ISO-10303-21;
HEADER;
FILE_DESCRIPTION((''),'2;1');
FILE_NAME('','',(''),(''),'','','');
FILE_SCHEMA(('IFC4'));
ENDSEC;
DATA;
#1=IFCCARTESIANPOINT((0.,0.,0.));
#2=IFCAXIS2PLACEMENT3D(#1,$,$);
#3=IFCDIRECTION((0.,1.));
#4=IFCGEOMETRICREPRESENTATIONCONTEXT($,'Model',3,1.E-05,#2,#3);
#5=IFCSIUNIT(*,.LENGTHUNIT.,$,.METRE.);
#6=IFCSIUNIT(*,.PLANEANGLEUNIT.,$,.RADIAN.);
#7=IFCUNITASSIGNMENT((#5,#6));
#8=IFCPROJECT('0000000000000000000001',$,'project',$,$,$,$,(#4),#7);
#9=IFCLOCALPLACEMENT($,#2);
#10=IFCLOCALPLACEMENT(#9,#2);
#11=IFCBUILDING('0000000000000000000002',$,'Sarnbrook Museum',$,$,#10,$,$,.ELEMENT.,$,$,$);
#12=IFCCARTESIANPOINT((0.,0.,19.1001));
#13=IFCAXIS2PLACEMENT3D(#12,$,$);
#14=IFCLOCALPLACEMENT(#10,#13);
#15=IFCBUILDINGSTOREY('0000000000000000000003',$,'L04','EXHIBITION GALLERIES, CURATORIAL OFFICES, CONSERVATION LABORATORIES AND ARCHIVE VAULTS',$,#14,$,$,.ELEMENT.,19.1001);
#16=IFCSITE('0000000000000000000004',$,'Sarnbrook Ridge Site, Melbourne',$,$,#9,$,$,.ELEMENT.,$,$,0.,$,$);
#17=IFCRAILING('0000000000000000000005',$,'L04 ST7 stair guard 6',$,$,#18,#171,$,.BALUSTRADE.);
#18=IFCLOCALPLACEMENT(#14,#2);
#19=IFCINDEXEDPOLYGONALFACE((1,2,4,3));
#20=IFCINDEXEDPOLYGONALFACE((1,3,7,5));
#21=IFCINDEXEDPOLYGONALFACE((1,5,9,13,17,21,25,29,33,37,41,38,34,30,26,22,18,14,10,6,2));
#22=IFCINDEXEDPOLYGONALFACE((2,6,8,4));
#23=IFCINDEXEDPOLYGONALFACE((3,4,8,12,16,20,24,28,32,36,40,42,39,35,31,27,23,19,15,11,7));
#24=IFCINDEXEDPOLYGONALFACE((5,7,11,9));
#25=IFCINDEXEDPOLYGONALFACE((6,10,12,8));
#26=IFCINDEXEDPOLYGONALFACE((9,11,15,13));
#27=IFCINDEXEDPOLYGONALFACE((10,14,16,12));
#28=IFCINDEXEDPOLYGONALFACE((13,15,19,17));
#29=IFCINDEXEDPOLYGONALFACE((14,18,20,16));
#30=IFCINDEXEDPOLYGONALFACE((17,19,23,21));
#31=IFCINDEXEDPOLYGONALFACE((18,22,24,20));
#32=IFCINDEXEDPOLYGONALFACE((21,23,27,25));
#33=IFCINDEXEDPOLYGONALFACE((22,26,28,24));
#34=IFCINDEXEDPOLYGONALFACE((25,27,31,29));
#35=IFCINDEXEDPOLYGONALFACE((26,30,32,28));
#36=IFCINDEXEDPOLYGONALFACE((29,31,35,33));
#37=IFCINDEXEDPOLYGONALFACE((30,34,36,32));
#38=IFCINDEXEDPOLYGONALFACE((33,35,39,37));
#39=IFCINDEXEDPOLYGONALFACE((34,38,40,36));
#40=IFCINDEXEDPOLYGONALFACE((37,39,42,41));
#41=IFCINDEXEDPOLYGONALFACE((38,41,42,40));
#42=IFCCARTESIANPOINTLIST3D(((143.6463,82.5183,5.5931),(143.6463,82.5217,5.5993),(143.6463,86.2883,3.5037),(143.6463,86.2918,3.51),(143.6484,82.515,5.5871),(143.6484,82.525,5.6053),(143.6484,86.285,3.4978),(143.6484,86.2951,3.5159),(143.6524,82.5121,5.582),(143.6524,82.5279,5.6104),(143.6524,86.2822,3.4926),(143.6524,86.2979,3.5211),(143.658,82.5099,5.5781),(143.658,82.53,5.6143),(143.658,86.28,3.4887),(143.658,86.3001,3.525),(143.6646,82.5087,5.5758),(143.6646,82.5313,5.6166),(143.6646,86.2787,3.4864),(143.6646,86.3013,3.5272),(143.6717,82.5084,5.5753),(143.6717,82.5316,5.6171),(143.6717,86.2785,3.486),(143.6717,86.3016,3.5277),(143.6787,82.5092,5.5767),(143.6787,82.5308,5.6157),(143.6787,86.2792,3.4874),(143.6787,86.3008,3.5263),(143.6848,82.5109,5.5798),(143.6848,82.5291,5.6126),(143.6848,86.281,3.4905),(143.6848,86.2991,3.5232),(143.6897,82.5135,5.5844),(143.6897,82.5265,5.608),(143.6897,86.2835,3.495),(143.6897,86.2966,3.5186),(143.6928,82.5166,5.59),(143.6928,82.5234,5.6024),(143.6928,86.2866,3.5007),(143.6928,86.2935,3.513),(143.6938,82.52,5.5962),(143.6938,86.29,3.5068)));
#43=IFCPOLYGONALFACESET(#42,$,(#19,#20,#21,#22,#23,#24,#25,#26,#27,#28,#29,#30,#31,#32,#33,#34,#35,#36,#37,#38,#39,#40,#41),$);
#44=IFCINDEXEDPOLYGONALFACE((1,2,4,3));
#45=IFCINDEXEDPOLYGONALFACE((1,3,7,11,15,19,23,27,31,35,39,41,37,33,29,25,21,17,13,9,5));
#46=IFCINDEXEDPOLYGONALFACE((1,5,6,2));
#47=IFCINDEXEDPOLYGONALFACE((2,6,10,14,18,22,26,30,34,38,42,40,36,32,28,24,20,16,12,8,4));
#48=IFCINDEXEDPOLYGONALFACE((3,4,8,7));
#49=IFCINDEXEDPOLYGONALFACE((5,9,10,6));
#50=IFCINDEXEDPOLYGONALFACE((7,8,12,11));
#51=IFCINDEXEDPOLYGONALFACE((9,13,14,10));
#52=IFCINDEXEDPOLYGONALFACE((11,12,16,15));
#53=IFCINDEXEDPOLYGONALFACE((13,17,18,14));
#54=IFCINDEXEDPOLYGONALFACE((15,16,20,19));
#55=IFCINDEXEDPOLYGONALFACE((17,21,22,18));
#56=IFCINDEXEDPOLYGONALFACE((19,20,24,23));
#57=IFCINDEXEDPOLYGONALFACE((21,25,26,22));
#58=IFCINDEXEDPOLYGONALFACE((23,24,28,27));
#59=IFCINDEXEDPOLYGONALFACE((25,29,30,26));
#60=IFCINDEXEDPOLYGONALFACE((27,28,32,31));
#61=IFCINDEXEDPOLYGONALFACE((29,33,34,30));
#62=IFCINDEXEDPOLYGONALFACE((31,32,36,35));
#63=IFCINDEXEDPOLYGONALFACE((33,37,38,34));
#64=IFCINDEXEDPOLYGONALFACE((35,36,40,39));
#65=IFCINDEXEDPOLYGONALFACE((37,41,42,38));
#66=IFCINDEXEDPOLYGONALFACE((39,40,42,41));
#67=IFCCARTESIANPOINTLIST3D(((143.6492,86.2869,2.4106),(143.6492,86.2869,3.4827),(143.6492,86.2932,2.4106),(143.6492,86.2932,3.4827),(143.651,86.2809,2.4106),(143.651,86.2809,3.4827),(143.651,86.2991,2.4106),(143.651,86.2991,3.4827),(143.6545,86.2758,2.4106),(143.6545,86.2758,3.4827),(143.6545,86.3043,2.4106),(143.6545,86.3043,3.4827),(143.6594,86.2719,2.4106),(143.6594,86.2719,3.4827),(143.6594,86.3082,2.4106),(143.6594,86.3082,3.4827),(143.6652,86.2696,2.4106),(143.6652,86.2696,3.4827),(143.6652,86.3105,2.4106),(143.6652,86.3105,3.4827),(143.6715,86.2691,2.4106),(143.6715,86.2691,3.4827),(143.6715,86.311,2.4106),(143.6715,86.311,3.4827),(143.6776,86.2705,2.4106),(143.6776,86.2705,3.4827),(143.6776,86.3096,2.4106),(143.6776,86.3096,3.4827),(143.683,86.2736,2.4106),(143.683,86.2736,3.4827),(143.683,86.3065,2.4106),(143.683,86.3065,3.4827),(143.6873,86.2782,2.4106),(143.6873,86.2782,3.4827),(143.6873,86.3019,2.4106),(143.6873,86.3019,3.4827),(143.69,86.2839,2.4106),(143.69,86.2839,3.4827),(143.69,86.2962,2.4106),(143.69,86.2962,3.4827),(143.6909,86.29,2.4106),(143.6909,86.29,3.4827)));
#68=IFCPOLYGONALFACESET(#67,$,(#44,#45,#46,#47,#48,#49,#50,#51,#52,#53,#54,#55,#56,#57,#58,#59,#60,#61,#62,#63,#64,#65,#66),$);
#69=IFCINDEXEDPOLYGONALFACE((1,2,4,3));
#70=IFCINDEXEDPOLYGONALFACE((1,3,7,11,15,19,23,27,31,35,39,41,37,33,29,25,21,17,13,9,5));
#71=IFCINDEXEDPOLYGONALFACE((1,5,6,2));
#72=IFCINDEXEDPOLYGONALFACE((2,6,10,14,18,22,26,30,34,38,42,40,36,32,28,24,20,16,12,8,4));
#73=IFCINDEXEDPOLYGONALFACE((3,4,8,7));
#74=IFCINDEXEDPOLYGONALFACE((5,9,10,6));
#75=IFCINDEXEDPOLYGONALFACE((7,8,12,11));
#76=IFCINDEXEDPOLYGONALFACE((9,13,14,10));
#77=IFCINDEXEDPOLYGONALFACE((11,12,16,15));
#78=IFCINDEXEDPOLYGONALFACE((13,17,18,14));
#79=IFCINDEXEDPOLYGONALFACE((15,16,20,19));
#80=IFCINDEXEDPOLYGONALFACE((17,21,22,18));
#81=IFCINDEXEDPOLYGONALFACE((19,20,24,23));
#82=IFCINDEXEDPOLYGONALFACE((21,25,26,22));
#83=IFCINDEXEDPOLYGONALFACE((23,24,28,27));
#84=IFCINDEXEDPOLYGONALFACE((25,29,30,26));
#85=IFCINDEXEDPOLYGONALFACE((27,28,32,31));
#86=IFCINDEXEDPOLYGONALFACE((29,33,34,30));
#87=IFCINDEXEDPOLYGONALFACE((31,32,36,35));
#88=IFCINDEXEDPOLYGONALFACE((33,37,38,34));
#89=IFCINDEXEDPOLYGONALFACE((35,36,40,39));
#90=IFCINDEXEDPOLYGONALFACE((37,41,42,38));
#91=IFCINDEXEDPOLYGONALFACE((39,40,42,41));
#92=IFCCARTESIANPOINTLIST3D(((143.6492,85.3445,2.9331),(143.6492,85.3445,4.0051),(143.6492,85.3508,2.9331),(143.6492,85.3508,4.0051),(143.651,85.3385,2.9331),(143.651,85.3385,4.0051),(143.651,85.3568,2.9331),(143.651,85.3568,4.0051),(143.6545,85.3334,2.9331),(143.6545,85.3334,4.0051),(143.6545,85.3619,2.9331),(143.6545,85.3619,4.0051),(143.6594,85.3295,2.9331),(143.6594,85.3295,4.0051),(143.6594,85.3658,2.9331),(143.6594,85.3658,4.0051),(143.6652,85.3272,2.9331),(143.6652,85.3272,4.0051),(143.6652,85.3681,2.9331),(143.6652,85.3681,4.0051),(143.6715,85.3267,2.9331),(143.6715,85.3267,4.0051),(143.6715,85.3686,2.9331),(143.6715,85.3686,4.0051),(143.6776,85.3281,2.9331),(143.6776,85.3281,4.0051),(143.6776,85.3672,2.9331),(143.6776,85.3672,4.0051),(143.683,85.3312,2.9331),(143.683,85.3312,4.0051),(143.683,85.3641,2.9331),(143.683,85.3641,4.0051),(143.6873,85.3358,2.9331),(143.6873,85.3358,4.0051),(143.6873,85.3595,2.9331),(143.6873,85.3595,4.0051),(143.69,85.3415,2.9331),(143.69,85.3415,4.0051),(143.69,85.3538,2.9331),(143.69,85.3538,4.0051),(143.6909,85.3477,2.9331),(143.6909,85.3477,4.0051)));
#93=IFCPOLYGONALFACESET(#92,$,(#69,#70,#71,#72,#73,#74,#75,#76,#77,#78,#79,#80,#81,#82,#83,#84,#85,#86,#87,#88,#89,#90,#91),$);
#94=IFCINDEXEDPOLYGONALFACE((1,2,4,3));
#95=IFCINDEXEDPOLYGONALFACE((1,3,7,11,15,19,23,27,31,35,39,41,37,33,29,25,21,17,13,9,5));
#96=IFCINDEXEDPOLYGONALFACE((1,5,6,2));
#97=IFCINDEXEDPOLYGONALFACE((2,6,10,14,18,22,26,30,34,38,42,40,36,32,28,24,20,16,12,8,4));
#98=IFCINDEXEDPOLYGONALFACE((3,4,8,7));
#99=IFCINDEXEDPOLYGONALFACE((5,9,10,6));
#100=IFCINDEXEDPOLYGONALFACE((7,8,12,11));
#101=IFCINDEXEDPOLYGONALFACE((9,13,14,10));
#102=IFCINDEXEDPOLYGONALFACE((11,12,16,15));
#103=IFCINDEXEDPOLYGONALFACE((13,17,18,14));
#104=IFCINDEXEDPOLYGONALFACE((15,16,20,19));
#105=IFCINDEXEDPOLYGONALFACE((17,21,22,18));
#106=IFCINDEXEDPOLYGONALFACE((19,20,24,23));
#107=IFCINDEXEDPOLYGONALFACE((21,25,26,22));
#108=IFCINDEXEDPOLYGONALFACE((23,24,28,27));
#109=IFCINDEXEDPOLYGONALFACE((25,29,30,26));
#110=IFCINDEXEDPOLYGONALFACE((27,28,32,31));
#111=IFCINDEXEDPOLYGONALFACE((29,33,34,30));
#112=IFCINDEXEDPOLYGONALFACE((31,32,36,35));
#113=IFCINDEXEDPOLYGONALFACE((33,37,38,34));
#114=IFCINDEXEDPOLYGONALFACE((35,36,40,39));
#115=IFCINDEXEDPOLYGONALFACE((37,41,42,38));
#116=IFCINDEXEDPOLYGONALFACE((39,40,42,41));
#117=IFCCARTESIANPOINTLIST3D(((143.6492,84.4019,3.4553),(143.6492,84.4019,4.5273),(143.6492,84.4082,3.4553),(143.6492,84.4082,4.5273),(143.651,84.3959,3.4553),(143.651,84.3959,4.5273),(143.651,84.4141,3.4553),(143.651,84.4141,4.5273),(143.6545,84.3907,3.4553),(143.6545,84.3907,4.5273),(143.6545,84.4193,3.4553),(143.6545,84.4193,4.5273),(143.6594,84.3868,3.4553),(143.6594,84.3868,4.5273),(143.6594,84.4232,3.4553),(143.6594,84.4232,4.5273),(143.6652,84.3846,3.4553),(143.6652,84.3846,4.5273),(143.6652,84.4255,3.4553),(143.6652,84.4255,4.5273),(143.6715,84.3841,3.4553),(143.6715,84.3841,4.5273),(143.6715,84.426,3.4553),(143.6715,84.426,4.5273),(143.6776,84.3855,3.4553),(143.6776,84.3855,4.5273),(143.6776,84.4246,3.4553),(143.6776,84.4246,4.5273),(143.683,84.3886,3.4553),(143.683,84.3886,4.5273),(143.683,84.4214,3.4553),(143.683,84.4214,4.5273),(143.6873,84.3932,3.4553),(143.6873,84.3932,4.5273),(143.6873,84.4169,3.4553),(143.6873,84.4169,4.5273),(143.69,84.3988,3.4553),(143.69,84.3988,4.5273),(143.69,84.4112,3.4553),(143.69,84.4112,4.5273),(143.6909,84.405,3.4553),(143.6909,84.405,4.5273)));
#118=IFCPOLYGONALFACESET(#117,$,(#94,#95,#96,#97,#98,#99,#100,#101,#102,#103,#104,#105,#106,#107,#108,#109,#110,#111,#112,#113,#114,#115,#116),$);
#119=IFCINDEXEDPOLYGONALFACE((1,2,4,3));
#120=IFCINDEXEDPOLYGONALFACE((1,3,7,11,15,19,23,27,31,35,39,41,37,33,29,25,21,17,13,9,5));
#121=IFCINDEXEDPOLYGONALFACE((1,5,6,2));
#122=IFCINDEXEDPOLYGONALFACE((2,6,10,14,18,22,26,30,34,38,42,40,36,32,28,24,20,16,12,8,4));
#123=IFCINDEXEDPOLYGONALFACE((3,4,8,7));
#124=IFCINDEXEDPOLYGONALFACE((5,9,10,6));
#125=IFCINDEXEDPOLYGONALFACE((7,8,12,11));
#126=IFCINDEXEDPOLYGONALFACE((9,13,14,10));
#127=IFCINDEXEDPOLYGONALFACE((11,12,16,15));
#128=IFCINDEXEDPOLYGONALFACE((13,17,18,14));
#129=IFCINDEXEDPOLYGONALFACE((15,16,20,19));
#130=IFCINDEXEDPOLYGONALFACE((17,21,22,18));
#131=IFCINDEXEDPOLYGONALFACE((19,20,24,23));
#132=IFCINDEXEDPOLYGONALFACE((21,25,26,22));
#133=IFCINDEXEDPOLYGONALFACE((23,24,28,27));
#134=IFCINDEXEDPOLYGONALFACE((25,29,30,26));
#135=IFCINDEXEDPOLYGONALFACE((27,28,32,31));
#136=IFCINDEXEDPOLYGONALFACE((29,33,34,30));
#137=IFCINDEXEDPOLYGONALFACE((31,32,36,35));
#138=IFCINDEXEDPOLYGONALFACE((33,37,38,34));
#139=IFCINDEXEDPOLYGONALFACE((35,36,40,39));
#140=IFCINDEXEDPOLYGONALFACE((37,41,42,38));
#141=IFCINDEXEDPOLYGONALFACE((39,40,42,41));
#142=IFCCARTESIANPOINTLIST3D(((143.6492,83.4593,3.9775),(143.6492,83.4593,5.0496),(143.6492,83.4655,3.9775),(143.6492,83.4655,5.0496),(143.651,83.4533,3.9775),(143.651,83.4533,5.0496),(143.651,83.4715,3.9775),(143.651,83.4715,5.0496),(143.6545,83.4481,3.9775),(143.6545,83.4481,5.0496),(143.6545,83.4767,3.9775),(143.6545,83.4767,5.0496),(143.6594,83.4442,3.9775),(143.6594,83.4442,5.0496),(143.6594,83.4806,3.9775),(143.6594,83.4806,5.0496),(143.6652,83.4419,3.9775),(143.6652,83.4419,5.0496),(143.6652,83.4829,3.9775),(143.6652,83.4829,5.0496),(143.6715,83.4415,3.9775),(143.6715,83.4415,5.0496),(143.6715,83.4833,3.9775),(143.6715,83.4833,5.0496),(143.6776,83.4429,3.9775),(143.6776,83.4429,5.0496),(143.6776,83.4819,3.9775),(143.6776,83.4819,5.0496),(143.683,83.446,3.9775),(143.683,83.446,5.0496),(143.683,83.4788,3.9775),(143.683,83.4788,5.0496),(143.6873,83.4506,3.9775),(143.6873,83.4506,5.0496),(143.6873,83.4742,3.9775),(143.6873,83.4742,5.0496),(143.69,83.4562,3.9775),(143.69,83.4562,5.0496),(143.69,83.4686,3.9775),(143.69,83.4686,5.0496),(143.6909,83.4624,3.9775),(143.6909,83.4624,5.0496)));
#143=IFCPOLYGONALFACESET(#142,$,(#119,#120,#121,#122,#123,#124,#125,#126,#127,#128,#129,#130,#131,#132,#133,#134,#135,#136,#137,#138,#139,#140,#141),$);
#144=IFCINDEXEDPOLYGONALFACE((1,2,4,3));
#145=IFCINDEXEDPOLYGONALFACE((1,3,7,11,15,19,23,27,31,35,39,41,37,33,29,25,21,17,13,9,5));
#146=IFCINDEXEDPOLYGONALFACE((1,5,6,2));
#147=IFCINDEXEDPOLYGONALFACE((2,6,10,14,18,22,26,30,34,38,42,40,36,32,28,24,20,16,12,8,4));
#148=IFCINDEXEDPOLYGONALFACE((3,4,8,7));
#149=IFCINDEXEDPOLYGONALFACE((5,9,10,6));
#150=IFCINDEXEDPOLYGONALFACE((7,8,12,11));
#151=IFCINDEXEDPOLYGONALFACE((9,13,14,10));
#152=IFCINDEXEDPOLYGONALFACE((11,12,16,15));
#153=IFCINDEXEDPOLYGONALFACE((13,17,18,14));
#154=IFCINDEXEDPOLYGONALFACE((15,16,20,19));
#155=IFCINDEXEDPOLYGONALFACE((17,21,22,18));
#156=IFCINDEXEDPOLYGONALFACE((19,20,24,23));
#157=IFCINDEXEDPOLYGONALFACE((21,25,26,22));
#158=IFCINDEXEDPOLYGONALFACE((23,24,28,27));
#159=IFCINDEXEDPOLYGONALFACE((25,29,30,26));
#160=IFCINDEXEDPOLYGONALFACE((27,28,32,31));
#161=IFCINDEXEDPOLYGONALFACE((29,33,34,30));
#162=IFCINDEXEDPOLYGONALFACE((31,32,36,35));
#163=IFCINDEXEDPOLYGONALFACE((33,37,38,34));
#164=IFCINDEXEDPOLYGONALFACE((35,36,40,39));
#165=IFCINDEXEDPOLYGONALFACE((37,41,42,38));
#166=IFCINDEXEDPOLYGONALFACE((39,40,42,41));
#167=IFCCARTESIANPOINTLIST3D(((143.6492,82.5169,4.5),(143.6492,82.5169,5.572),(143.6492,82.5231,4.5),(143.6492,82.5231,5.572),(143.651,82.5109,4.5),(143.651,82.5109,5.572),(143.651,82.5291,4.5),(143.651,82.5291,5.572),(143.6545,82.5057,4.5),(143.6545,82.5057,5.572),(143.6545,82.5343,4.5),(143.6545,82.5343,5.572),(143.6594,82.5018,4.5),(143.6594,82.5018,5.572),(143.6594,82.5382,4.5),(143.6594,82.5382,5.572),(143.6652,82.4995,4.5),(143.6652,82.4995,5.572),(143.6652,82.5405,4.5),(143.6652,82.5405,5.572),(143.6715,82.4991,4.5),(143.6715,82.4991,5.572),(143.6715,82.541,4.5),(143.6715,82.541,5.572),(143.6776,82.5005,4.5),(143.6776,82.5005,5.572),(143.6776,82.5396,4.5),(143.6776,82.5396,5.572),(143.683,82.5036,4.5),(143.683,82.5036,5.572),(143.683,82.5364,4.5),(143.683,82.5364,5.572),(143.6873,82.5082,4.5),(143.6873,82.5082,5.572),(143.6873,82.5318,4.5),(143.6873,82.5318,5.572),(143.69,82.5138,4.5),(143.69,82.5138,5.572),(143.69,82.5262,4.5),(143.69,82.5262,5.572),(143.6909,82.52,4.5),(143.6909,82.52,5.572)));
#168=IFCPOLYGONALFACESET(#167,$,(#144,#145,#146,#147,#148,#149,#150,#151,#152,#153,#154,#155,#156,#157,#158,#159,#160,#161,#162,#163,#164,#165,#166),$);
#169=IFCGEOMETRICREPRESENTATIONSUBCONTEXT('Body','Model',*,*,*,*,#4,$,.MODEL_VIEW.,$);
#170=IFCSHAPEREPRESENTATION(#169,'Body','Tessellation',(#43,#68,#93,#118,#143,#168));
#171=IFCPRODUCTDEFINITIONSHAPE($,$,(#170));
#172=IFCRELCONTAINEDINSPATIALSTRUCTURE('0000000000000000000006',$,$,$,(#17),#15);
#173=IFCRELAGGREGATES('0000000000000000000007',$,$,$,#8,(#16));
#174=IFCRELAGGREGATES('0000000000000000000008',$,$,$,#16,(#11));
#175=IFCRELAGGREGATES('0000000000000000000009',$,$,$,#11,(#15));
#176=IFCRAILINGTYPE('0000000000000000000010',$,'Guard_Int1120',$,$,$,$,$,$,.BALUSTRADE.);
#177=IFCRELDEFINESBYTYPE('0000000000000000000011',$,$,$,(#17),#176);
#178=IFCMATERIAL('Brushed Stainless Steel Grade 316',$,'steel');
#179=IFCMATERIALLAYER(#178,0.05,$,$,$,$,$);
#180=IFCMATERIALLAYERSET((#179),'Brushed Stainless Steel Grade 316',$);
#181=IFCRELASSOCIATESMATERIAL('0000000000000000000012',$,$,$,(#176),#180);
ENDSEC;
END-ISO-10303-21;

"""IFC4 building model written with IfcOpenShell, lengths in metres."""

from ifc_helpers import new_model, si_unit, direction, frame, origin, origin_2d, place, context, subcontext, project, spatial, circle, extrude, material, layer, layer_set, type_object, element, save


model = new_model("IFC4")

# Units and contexts
model_context = context("Model", 3, precision=1e-05, world=origin(), true_north=direction((0.0, 1.0)))
body_context = subcontext(model_context, "Body", "Model", "MODEL_VIEW")
ifc_project = project(units=[si_unit("LENGTHUNIT", "METRE"), si_unit("PLANEANGLEUNIT", "RADIAN")], contexts=[model_context])

# Site, building, storey
site_placement = place(None, origin())
site = spatial("IfcSite", under=ifc_project, at=site_placement, Name="Sarnbrook Ridge Site, Melbourne", CompositionType="ELEMENT", RefElevation=0.0)
building_placement = place(site_placement, origin())
building = spatial("IfcBuilding", under=site, at=building_placement, Name="Sarnbrook Museum", CompositionType="ELEMENT")
storey_placement = place(building_placement, frame((0.0, 0.0, 19.1001)))
storey = spatial("IfcBuildingStorey", under=building, at=storey_placement, Name="L04", Description="EXHIBITION GALLERIES, CURATORIAL OFFICES, CONSERVATION LABORATORIES AND ARCHIVE VAULTS", CompositionType="ELEMENT", Elevation=19.1001)

# Railing
ifc_material_1 = material(Name="Brushed Stainless Steel Grade 316", Category="steel")
ifc_layer_1 = layer(ifc_material_1, 0.05)
ifc_layer_set_1 = layer_set([ifc_layer_1], Name="Brushed Stainless Steel Grade 316")
railing_type = type_object("IfcRailingType", Name="Guard_Int1120", PredefinedType="BALUSTRADE", material=ifc_layer_set_1)
railing_1_placement = place(storey_placement, frame((143.6699, 86.29, 2.4106)))
element("IfcRailing", 1, at=railing_1_placement, inside=storey, type_object=railing_type, Name="L04 ST7 stair guard 6", PredefinedType="BALUSTRADE", context=body_context, shape_type="SweptSolid", body=[
    extrude(circle(Radius=0.0239, at=origin_2d()), frame((0.0, 0.0, 1.0962), z_axis=(0.0, -0.874659, 0.484739), x_axis=(1.0, 0.0, 0.0)), (0.0, 0.0, 1.0), 4.3103),
    extrude(circle(Radius=0.021, at=origin_2d()), origin(), (0.0, 0.0, 1.0), 1.072),
    extrude(circle(Radius=0.021, at=origin_2d()), frame((0.0, -0.9424, 0.5225)), (0.0, 0.0, 1.0), 1.072),
    extrude(circle(Radius=0.021, at=origin_2d()), frame((0.0, -1.885, 1.0447)), (0.0, 0.0, 1.0), 1.072),
    extrude(circle(Radius=0.021, at=origin_2d()), frame((0.0, -2.8276, 1.5669)), (0.0, 0.0, 1.0), 1.072),
    extrude(circle(Radius=0.021, at=origin_2d()), frame((0.0, -3.77, 2.0894)), (0.0, 0.0, 1.0), 1.072),
])

save(model, "model.ifc")
